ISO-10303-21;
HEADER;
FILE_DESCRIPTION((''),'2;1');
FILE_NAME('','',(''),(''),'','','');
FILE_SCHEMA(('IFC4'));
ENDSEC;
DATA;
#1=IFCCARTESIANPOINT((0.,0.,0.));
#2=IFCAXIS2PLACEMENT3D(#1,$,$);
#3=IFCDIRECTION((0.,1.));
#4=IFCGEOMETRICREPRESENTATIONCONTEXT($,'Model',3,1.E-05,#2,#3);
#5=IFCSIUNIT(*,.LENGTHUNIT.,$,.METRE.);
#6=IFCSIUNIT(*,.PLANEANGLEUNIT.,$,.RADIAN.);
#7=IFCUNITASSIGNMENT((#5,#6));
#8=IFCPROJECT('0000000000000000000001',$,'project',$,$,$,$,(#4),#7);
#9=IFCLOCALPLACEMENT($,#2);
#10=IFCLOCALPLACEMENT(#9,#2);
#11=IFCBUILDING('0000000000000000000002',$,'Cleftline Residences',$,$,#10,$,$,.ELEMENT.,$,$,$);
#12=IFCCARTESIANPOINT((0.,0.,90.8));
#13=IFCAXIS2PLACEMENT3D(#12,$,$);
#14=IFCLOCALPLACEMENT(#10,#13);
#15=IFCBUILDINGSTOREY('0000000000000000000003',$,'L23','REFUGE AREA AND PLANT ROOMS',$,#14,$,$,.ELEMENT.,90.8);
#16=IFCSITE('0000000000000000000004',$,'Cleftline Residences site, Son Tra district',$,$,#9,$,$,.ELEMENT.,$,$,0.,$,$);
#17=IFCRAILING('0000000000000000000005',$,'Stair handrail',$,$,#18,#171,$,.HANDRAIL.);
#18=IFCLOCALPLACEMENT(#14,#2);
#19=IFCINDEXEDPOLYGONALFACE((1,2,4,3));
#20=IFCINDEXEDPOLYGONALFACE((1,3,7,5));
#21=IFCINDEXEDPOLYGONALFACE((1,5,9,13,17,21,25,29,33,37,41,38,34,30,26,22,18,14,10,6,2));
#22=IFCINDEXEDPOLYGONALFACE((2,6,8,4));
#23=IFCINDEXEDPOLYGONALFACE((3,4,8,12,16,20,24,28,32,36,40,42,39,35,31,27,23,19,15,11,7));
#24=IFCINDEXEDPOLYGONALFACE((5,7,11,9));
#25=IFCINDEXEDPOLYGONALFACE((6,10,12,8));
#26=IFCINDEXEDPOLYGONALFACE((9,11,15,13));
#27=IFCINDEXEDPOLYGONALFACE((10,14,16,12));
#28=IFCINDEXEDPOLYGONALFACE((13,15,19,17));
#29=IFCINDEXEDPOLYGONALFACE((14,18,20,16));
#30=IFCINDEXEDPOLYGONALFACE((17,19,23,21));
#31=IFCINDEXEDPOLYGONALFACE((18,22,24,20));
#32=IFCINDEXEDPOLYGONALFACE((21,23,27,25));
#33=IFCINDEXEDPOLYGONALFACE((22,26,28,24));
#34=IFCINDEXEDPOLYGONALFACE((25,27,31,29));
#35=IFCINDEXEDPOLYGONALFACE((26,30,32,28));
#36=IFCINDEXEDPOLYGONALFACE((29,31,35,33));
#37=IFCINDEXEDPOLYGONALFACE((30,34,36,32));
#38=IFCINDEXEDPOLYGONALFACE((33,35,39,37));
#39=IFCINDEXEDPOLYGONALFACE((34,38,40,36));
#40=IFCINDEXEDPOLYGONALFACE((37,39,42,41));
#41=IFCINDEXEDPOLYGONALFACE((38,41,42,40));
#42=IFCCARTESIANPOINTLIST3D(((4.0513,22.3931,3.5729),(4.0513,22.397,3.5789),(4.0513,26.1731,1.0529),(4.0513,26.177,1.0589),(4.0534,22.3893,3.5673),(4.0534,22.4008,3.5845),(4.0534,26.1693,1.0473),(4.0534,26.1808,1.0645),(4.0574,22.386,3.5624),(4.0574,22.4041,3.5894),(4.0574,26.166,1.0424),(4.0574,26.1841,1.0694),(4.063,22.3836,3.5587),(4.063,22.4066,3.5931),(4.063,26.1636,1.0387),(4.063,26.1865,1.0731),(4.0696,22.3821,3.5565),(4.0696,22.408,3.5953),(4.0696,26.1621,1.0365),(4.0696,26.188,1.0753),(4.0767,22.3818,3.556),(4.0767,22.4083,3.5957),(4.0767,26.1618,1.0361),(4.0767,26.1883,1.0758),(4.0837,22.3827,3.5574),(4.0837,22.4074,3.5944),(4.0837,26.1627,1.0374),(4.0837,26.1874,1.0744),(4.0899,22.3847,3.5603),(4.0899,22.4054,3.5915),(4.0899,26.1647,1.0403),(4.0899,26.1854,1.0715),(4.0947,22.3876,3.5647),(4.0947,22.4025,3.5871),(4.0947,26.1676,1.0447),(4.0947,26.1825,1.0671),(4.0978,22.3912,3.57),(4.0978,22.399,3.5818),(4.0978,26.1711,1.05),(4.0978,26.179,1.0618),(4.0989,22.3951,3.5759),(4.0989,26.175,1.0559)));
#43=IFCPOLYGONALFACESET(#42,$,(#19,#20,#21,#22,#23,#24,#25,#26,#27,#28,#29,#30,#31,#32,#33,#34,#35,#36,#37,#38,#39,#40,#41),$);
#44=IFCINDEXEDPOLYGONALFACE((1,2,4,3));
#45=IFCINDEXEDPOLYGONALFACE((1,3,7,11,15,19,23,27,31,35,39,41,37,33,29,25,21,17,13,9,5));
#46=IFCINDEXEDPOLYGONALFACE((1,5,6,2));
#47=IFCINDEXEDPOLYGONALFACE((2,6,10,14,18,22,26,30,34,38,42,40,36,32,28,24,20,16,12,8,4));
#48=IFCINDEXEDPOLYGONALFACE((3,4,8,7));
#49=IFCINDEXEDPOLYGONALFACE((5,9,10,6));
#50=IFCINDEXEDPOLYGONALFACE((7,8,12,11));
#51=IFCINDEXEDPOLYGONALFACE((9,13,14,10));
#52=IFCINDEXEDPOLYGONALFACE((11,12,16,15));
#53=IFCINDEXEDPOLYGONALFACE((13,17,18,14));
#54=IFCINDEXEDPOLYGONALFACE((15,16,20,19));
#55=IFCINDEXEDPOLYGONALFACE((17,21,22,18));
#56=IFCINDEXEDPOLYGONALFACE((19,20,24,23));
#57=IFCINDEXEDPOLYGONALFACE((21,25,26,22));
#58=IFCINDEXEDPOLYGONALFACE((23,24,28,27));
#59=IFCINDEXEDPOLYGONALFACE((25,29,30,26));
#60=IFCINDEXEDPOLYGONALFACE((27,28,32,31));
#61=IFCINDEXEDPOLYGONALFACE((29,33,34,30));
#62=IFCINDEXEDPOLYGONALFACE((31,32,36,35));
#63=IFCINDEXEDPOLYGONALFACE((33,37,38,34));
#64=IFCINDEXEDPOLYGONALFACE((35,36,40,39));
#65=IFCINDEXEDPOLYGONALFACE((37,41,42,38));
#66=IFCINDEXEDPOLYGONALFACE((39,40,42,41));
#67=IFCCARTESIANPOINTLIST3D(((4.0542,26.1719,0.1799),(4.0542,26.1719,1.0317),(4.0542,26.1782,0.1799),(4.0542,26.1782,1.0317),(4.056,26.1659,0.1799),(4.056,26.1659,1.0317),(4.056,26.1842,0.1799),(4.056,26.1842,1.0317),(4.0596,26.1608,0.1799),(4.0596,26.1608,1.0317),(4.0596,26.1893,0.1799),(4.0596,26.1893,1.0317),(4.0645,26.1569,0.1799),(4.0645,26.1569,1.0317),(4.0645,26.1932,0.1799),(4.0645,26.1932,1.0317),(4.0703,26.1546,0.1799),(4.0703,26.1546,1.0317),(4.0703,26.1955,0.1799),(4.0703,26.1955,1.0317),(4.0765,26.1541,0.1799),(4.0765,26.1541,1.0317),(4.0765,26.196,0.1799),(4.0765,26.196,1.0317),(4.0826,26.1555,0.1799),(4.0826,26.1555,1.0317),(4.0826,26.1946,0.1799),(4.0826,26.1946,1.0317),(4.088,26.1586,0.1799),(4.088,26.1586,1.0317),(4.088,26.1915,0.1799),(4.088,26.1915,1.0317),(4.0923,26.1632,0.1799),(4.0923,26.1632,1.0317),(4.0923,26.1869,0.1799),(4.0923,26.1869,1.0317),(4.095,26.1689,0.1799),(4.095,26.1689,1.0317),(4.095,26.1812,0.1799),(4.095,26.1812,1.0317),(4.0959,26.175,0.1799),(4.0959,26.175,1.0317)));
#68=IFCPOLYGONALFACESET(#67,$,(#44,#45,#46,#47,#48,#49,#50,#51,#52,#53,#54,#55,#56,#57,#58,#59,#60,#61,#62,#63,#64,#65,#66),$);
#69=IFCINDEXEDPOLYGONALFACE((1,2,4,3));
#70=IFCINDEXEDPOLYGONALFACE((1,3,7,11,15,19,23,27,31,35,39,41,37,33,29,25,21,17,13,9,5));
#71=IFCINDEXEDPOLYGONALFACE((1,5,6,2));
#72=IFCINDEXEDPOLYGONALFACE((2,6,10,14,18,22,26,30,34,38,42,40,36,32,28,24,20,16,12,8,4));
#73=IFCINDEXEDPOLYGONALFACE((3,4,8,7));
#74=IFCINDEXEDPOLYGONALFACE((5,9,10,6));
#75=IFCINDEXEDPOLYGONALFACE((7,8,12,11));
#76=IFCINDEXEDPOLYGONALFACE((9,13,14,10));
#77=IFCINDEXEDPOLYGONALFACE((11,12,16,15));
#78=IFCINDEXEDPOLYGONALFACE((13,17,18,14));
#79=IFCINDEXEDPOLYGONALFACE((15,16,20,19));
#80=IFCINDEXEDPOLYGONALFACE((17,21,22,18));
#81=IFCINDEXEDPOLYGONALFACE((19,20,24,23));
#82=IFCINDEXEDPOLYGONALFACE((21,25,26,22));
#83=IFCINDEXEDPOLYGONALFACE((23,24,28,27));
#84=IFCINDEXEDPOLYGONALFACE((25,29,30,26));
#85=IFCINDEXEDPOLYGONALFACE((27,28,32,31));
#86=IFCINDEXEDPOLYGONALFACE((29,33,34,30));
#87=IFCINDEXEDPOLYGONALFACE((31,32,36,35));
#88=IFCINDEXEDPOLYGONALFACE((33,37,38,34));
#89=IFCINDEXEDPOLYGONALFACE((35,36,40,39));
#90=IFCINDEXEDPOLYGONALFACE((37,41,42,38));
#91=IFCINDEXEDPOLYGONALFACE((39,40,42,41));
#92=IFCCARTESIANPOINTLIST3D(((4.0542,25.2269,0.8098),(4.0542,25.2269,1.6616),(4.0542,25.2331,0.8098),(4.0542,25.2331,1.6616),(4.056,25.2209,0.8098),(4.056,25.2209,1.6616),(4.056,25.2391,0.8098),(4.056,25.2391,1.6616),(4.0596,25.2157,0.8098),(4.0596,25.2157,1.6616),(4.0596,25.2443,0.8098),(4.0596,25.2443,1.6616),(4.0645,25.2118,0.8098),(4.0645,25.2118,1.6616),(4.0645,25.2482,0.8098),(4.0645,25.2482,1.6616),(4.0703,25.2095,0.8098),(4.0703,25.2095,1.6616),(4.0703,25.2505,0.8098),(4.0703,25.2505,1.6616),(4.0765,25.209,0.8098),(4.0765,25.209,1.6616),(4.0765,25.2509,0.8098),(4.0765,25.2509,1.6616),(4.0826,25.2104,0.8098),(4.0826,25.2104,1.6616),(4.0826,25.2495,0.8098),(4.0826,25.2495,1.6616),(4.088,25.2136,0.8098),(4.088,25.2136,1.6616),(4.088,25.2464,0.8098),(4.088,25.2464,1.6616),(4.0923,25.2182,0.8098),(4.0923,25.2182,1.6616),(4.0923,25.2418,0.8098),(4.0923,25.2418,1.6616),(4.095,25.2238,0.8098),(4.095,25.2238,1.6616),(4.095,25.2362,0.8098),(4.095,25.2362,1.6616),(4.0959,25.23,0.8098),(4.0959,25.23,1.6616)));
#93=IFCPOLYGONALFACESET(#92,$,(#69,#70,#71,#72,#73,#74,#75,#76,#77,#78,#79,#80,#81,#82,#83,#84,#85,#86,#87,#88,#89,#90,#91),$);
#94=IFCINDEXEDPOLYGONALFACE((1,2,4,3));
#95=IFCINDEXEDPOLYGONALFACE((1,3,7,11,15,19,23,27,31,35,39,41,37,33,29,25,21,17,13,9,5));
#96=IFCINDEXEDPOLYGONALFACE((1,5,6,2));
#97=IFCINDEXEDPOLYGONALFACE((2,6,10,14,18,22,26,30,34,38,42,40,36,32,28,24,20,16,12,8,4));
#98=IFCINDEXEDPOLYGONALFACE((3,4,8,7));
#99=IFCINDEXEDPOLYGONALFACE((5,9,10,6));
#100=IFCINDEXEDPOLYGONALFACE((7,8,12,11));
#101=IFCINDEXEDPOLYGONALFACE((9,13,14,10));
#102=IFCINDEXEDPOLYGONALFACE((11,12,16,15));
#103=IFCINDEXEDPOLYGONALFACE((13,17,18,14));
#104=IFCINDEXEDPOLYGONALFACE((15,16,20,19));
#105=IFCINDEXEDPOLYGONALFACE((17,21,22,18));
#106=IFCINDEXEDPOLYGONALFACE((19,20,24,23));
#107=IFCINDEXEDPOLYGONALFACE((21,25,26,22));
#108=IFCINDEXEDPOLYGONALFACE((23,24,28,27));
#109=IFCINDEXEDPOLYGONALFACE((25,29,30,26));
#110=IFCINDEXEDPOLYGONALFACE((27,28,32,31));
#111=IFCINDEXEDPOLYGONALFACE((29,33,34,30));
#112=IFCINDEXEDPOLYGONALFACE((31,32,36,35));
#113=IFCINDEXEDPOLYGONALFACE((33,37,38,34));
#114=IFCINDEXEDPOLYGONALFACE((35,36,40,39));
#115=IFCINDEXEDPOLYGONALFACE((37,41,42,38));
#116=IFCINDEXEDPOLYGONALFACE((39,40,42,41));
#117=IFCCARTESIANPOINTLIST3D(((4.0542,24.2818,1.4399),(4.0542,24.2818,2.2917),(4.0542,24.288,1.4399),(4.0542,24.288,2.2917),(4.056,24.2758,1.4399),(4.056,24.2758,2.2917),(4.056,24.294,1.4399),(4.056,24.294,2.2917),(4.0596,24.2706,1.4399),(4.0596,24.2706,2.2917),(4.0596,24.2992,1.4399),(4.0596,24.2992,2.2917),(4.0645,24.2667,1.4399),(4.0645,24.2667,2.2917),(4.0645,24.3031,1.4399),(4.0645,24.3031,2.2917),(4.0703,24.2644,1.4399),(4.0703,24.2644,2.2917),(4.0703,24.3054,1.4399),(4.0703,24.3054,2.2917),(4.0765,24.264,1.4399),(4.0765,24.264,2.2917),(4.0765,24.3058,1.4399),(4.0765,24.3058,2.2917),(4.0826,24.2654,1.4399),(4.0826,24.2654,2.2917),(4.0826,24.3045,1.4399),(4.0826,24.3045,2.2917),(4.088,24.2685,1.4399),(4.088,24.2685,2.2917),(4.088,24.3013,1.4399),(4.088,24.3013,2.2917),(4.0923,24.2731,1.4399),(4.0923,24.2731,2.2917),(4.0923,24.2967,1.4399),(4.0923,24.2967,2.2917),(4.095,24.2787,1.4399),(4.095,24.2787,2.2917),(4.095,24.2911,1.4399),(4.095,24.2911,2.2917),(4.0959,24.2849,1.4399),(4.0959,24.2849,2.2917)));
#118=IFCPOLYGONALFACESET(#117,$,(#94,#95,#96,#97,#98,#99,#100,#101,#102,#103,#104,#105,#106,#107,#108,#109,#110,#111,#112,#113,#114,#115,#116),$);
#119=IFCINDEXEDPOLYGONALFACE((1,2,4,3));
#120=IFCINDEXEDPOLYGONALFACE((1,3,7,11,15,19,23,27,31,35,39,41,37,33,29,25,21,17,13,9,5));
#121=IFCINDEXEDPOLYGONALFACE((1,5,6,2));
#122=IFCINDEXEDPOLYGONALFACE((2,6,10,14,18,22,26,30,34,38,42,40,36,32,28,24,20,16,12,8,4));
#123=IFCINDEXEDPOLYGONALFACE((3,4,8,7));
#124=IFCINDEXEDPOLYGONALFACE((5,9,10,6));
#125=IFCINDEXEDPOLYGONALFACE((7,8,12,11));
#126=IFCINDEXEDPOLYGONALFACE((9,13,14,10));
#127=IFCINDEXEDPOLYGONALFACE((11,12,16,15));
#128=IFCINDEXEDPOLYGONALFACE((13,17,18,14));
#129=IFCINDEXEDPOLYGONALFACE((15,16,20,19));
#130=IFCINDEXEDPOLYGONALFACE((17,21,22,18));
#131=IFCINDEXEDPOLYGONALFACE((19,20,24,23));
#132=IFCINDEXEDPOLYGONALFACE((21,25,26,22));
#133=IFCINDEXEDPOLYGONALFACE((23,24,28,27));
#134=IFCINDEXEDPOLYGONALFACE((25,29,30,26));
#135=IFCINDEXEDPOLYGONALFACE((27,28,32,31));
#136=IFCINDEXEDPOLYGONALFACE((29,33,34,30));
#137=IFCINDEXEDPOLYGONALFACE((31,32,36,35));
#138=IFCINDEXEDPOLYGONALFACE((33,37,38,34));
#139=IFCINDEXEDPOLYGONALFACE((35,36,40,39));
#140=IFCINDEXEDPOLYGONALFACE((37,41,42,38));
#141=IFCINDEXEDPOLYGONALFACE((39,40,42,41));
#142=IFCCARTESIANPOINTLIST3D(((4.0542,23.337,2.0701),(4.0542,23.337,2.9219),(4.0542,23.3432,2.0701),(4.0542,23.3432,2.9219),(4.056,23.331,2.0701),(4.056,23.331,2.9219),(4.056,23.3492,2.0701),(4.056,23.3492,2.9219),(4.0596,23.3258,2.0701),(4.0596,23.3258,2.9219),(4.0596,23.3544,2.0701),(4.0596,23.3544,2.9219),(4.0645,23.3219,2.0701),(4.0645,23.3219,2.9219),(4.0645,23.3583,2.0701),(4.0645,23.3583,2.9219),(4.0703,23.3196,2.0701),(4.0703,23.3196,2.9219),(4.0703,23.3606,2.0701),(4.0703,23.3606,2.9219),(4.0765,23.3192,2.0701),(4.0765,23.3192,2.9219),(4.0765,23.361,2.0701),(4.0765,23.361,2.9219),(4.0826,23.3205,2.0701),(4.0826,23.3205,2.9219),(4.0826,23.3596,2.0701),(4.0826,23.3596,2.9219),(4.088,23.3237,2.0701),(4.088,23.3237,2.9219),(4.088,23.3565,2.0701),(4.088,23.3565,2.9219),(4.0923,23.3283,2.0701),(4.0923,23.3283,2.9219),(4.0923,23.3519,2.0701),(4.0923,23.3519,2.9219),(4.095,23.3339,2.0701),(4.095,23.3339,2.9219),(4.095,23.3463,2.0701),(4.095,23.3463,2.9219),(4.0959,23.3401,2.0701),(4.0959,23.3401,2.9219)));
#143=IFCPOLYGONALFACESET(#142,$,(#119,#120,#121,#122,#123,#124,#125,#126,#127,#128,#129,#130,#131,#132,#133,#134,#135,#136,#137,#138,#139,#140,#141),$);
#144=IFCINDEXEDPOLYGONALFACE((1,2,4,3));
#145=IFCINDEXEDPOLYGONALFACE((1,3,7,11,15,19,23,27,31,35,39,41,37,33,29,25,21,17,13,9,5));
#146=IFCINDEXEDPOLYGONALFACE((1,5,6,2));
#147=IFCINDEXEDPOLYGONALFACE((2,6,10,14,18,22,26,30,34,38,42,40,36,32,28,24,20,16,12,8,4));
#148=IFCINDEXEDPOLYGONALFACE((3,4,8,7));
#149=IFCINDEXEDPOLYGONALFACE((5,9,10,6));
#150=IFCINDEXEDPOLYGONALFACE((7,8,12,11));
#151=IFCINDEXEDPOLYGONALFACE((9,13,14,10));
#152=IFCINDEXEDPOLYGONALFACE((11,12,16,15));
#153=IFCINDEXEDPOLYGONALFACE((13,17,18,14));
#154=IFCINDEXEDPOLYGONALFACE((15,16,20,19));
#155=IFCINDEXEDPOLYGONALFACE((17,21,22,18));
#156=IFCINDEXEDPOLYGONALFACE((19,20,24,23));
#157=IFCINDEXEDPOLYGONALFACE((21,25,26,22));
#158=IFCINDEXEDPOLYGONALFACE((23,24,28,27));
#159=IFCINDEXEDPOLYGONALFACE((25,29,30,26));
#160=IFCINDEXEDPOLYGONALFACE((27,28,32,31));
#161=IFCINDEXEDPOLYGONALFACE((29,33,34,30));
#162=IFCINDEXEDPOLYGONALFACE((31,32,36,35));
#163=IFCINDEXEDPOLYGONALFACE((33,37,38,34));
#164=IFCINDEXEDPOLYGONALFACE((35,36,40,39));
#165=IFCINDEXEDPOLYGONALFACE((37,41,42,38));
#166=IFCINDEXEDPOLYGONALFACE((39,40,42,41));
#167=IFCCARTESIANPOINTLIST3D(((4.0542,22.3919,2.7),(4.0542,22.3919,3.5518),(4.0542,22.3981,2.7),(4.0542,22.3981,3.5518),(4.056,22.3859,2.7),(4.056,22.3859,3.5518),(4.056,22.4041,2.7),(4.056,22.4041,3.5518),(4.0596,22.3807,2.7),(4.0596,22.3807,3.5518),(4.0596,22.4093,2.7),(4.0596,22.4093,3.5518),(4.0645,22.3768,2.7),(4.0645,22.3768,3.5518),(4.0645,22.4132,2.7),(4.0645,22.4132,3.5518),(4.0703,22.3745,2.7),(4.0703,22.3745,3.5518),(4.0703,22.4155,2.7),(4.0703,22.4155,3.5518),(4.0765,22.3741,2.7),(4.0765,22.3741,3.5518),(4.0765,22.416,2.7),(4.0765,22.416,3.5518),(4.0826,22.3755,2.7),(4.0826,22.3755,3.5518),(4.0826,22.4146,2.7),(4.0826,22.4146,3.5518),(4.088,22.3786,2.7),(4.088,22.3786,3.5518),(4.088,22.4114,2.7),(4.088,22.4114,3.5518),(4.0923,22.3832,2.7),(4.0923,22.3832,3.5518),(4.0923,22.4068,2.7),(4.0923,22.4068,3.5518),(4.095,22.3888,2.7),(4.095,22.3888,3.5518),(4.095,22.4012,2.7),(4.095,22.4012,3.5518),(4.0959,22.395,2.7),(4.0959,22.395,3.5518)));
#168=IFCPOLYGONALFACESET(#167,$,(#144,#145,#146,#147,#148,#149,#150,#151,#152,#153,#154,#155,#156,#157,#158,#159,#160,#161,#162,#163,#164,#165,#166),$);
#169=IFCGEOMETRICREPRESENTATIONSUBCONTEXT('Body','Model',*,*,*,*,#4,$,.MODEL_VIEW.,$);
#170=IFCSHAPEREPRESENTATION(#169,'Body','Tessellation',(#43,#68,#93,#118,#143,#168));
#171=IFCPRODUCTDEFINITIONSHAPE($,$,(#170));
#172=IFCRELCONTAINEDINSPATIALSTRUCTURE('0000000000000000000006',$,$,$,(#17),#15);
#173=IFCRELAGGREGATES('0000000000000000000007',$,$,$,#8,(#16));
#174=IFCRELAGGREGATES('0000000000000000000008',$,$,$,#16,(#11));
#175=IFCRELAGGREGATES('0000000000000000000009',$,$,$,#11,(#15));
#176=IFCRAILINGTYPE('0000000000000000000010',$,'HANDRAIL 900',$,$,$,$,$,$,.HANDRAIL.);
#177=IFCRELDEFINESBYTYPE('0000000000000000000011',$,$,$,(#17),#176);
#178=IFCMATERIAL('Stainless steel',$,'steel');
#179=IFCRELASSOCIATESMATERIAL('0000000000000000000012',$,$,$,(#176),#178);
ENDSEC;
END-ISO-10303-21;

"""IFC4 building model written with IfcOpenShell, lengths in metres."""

from ifc_helpers import new_model, si_unit, direction, frame, origin, origin_2d, place, context, subcontext, project, spatial, circle, extrude, material, type_object, element, save


model = new_model("IFC4")

# Units and contexts
model_context = context("Model", 3, precision=1e-05, world=origin(), true_north=direction((0.0, 1.0)))
body_context = subcontext(model_context, "Body", "Model", "MODEL_VIEW")
ifc_project = project(units=[si_unit("LENGTHUNIT", "METRE"), si_unit("PLANEANGLEUNIT", "RADIAN")], contexts=[model_context])

# Site, building, storey
site_placement = place(None, origin())
site = spatial("IfcSite", under=ifc_project, at=site_placement, Name="Cleftline Residences site, Son Tra district", CompositionType="ELEMENT", RefElevation=0.0)
building_placement = place(site_placement, origin())
building = spatial("IfcBuilding", under=site, at=building_placement, Name="Cleftline Residences", CompositionType="ELEMENT")
storey_placement = place(building_placement, frame((0.0, 0.0, 90.8)))
storey = spatial("IfcBuildingStorey", under=building, at=storey_placement, Name="L23", Description="REFUGE AREA AND PLANT ROOMS", CompositionType="ELEMENT", Elevation=90.8)

# Railing
ifc_material_1 = material(Name="Stainless steel", Category="steel")
railing_type = type_object("IfcRailingType", Name="HANDRAIL 900", PredefinedType="HANDRAIL", material=ifc_material_1)
railing_placement = place(storey_placement, frame((4.075, 26.175, 0.1799)))
element("IfcRailing", 1, at=railing_placement, inside=storey, type_object=railing_type, Name="Stair handrail", PredefinedType="HANDRAIL", context=body_context, shape_type="SweptSolid", body=[
    extrude(circle(Radius=0.0239, at=origin_2d()), frame((0.0, 0.0, 0.876), z_axis=(0.0, -0.83205, 0.5547), x_axis=(1.0, 0.0, 0.0)), (0.0, 0.0, 1.0), 4.543),
    extrude(circle(Radius=0.021, at=origin_2d()), origin(), (0.0, 0.0, 1.0), 0.8518),
    extrude(circle(Radius=0.021, at=origin_2d()), frame((0.0, -0.9451, 0.6299)), (0.0, 0.0, 1.0), 0.8518),
    extrude(circle(Radius=0.021, at=origin_2d()), frame((0.0, -1.8901, 1.26)), (0.0, 0.0, 1.0), 0.8518),
    extrude(circle(Radius=0.021, at=origin_2d()), frame((0.0, -2.835, 1.8901)), (0.0, 0.0, 1.0), 0.8518),
    extrude(circle(Radius=0.021, at=origin_2d()), frame((0.0, -3.78, 2.52)), (0.0, 0.0, 1.0), 0.8518),
])

save(model, "model.ifc")
